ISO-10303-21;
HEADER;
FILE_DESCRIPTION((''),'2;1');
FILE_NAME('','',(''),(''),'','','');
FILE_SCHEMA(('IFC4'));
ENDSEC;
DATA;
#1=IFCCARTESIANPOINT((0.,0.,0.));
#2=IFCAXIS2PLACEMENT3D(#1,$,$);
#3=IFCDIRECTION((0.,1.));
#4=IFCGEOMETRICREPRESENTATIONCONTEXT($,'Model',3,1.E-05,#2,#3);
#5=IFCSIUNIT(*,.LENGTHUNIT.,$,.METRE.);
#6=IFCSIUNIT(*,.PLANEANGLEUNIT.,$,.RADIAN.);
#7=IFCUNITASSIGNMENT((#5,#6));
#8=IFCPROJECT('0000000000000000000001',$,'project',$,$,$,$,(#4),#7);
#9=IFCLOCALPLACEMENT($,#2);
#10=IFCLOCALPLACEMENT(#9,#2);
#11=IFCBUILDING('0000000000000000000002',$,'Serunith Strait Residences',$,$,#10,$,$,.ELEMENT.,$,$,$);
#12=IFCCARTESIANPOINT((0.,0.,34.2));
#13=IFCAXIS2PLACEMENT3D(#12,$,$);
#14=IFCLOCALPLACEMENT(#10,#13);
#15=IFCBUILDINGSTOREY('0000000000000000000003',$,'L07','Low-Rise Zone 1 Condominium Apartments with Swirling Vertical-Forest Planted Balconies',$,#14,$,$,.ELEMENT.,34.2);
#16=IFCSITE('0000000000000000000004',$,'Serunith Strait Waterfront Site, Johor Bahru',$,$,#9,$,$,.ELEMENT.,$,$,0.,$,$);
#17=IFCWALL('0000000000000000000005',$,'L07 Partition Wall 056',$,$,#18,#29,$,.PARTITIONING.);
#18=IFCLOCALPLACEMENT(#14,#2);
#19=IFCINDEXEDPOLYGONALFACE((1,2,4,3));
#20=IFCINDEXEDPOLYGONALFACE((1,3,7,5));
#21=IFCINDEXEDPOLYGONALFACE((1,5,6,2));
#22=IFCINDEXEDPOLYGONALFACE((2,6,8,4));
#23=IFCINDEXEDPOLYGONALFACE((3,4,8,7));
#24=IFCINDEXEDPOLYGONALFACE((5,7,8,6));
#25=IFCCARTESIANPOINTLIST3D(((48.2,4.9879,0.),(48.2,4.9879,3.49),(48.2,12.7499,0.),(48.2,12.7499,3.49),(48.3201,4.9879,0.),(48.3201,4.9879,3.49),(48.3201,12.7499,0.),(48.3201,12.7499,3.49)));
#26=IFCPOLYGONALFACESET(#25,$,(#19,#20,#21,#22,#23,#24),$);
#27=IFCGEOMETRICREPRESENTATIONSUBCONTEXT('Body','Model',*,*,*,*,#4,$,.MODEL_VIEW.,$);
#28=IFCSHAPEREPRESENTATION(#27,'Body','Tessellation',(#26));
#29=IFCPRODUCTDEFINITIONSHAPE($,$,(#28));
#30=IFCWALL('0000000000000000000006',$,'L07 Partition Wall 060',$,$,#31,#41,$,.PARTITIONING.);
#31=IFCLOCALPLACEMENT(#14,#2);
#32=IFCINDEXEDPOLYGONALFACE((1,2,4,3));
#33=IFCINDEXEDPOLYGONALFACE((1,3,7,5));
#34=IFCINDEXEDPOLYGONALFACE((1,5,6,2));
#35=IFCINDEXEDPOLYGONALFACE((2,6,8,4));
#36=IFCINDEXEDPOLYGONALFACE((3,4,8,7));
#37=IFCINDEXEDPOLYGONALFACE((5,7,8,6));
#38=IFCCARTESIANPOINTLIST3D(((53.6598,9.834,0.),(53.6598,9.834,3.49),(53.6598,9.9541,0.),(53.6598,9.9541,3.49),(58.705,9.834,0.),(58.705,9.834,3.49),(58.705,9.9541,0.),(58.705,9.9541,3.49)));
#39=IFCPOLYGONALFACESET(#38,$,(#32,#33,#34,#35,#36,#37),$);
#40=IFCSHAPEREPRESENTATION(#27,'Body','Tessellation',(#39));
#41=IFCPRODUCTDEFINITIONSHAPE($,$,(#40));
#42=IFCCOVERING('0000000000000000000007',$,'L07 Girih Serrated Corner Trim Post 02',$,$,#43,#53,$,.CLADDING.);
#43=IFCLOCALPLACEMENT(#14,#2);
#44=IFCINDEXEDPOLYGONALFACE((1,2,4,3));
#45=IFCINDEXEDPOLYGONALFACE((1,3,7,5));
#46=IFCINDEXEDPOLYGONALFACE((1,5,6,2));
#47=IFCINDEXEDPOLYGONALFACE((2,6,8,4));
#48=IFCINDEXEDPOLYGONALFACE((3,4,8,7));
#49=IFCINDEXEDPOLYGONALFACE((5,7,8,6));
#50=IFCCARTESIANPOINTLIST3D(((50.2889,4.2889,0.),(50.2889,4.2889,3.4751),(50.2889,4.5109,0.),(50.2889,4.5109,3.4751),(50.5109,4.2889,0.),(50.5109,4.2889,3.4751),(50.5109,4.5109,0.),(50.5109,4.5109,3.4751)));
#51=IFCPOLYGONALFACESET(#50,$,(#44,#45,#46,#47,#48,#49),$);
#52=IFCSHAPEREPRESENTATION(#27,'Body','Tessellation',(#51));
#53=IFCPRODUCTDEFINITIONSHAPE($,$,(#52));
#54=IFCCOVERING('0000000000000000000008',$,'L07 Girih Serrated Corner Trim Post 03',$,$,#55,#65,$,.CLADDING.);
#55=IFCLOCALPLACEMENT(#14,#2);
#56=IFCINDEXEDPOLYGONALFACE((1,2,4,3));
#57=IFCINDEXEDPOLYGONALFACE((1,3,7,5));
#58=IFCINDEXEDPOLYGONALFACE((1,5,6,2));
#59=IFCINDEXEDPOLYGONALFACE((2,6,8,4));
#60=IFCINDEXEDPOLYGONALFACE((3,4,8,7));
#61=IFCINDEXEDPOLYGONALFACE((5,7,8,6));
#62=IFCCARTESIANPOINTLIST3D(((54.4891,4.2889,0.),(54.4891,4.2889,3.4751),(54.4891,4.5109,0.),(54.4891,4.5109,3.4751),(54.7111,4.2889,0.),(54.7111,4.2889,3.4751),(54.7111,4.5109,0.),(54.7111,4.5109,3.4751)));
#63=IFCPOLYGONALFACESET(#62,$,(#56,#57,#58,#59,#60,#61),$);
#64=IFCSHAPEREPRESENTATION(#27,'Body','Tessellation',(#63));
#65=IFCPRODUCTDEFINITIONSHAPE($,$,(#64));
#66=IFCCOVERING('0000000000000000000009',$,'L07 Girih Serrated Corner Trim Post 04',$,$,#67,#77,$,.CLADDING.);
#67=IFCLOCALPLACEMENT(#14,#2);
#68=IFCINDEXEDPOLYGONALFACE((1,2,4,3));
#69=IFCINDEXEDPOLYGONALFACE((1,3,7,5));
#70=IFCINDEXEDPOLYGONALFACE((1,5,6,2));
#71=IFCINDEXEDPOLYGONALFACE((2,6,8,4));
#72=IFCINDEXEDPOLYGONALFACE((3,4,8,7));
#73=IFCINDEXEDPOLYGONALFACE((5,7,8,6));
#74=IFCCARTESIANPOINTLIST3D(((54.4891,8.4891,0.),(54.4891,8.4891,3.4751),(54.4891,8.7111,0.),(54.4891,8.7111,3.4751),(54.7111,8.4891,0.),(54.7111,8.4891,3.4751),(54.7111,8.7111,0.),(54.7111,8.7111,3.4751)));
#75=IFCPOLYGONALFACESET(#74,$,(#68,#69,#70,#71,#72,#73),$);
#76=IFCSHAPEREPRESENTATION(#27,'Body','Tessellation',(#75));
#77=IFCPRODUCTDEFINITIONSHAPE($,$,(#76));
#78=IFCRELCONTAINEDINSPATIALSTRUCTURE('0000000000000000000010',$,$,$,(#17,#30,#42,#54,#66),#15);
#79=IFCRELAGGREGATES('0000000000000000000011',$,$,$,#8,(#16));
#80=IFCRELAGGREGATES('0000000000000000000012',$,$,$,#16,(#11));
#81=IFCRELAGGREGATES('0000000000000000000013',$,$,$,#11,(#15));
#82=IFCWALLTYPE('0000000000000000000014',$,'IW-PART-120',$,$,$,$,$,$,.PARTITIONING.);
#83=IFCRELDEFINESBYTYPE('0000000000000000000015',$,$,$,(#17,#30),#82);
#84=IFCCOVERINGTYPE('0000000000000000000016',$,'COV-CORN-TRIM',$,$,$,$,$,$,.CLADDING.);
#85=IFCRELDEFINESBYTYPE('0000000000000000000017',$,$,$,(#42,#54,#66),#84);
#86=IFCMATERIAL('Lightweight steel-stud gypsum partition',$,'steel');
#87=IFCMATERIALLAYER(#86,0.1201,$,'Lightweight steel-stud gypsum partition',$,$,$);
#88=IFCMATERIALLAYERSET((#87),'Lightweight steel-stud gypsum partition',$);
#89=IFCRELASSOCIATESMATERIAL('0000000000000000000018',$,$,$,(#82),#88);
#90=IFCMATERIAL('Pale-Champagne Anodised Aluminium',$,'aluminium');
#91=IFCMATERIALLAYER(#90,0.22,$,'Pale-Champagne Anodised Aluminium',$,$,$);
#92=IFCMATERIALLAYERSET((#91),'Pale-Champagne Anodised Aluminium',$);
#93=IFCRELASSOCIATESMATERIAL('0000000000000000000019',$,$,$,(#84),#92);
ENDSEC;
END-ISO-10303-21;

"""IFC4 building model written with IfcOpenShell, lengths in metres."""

from ifc_helpers import new_model, si_unit, direction, frame, frame_2d, origin, origin_2d, place, context, subcontext, project, spatial, rectangle, extrude, source, transform, mapped, material, layer, layer_set, type_object, element, save


model = new_model("IFC4")

# Units and contexts
model_context = context("Model", 3, precision=1e-05, world=origin(), true_north=direction((0.0, 1.0)))
body_context = subcontext(model_context, "Body", "Model", "MODEL_VIEW")
ifc_project = project(units=[si_unit("LENGTHUNIT", "METRE"), si_unit("PLANEANGLEUNIT", "RADIAN")], contexts=[model_context])

# Site, building, storey
site_placement = place(None, origin())
site = spatial("IfcSite", under=ifc_project, at=site_placement, Name="Serunith Strait Waterfront Site, Johor Bahru", CompositionType="ELEMENT", RefElevation=0.0)
building_placement = place(site_placement, origin())
building = spatial("IfcBuilding", under=site, at=building_placement, Name="Serunith Strait Residences", CompositionType="ELEMENT")
storey_placement = place(building_placement, frame((0.0, 0.0, 34.2)))
storey = spatial("IfcBuildingStorey", under=building, at=storey_placement, Name="L07", Description="Low-Rise Zone 1 Condominium Apartments with Swirling Vertical-Forest Planted Balconies", CompositionType="ELEMENT", Elevation=34.2)

# Shared definitions
ifc_material_1 = material(Name="Pale-Champagne Anodised Aluminium", Category="aluminium")

# Shared definitions
ifc_material_2 = material(Name="Lightweight steel-stud gypsum partition", Category="steel")
ifc_layer_1 = layer(ifc_material_2, 0.1201, Name="Lightweight steel-stud gypsum partition")
ifc_layer_set_1 = layer_set([ifc_layer_1], Name="Lightweight steel-stud gypsum partition")
wall_type_1 = type_object("IfcWallType", Name="IW-PART-120", PredefinedType="PARTITIONING", material=ifc_layer_set_1)

# Walls
wall_1_placement = place(storey_placement, frame((48.26, 4.988, 0.0), z_axis=(0.0, 0.0, 1.0), x_axis=(0.0, 1.0, 0.0)))
element("IfcWall", 1, at=wall_1_placement, inside=storey, type_object=wall_type_1, Name="L07 Partition Wall 056", PredefinedType="PARTITIONING", context=body_context, shape_type="SweptSolid", body=[
    extrude(rectangle(XDim=7.762, YDim=0.1201, at=frame_2d((3.8809, 0.0))), origin(), (0.0, 0.0, 1.0), 3.49),
])
wall_2_placement = place(storey_placement, frame((53.6599, 9.894, 0.0), z_axis=(0.0, 0.0, 1.0), x_axis=(1.0, 0.0, 0.0)))
element("IfcWall", 2, at=wall_2_placement, inside=storey, type_object=wall_type_1, Name="L07 Partition Wall 060", PredefinedType="PARTITIONING", context=body_context, shape_type="SweptSolid", body=[
    extrude(rectangle(XDim=5.0452, YDim=0.1201, at=frame_2d((2.5225, 0.0))), origin(), (0.0, 0.0, 1.0), 3.49),
])

# Coverings
ifc_layer_2 = layer(ifc_material_1, 0.22, Name="Pale-Champagne Anodised Aluminium")
ifc_layer_set_2 = layer_set([ifc_layer_2], Name="Pale-Champagne Anodised Aluminium")
covering_type = type_object("IfcCoveringType", Name="COV-CORN-TRIM", PredefinedType="CLADDING", material=ifc_layer_set_2)
shared_shape_1 = source(origin(), body_context, "Body", "SweptSolid", [
    extrude(rectangle(XDim=0.2219, YDim=0.2219, at=origin_2d()), origin(), (0.0, 0.0, 1.0), 3.4751),
])
for number, where, z_axis, x_axis, name in (
    (3, (50.3999, 4.3999, 0.0), (0.0, 0.0, 1.0), (1.0, 0.0, 0.0), "L07 Girih Serrated Corner Trim Post 02"),
    (4, (54.6001, 4.3999, 0.0), (0.0, 0.0, 1.0), (1.0, 0.0, 0.0), "L07 Girih Serrated Corner Trim Post 03"),
    (5, (54.6001, 8.6001, 0.0), (0.0, 0.0, 1.0), (1.0, 0.0, 0.0), "L07 Girih Serrated Corner Trim Post 04"),
):
    element("IfcCovering", number, at=place(storey_placement, frame(where, z_axis=z_axis, x_axis=x_axis)), inside=storey, type_object=covering_type, Name=name, PredefinedType="CLADDING", context=body_context, shape_type="MappedRepresentation", body=[
        mapped(shared_shape_1, transform((0.0, 0.0, 0.0), scale=1.0)),
    ])

save(model, "model.ifc")
